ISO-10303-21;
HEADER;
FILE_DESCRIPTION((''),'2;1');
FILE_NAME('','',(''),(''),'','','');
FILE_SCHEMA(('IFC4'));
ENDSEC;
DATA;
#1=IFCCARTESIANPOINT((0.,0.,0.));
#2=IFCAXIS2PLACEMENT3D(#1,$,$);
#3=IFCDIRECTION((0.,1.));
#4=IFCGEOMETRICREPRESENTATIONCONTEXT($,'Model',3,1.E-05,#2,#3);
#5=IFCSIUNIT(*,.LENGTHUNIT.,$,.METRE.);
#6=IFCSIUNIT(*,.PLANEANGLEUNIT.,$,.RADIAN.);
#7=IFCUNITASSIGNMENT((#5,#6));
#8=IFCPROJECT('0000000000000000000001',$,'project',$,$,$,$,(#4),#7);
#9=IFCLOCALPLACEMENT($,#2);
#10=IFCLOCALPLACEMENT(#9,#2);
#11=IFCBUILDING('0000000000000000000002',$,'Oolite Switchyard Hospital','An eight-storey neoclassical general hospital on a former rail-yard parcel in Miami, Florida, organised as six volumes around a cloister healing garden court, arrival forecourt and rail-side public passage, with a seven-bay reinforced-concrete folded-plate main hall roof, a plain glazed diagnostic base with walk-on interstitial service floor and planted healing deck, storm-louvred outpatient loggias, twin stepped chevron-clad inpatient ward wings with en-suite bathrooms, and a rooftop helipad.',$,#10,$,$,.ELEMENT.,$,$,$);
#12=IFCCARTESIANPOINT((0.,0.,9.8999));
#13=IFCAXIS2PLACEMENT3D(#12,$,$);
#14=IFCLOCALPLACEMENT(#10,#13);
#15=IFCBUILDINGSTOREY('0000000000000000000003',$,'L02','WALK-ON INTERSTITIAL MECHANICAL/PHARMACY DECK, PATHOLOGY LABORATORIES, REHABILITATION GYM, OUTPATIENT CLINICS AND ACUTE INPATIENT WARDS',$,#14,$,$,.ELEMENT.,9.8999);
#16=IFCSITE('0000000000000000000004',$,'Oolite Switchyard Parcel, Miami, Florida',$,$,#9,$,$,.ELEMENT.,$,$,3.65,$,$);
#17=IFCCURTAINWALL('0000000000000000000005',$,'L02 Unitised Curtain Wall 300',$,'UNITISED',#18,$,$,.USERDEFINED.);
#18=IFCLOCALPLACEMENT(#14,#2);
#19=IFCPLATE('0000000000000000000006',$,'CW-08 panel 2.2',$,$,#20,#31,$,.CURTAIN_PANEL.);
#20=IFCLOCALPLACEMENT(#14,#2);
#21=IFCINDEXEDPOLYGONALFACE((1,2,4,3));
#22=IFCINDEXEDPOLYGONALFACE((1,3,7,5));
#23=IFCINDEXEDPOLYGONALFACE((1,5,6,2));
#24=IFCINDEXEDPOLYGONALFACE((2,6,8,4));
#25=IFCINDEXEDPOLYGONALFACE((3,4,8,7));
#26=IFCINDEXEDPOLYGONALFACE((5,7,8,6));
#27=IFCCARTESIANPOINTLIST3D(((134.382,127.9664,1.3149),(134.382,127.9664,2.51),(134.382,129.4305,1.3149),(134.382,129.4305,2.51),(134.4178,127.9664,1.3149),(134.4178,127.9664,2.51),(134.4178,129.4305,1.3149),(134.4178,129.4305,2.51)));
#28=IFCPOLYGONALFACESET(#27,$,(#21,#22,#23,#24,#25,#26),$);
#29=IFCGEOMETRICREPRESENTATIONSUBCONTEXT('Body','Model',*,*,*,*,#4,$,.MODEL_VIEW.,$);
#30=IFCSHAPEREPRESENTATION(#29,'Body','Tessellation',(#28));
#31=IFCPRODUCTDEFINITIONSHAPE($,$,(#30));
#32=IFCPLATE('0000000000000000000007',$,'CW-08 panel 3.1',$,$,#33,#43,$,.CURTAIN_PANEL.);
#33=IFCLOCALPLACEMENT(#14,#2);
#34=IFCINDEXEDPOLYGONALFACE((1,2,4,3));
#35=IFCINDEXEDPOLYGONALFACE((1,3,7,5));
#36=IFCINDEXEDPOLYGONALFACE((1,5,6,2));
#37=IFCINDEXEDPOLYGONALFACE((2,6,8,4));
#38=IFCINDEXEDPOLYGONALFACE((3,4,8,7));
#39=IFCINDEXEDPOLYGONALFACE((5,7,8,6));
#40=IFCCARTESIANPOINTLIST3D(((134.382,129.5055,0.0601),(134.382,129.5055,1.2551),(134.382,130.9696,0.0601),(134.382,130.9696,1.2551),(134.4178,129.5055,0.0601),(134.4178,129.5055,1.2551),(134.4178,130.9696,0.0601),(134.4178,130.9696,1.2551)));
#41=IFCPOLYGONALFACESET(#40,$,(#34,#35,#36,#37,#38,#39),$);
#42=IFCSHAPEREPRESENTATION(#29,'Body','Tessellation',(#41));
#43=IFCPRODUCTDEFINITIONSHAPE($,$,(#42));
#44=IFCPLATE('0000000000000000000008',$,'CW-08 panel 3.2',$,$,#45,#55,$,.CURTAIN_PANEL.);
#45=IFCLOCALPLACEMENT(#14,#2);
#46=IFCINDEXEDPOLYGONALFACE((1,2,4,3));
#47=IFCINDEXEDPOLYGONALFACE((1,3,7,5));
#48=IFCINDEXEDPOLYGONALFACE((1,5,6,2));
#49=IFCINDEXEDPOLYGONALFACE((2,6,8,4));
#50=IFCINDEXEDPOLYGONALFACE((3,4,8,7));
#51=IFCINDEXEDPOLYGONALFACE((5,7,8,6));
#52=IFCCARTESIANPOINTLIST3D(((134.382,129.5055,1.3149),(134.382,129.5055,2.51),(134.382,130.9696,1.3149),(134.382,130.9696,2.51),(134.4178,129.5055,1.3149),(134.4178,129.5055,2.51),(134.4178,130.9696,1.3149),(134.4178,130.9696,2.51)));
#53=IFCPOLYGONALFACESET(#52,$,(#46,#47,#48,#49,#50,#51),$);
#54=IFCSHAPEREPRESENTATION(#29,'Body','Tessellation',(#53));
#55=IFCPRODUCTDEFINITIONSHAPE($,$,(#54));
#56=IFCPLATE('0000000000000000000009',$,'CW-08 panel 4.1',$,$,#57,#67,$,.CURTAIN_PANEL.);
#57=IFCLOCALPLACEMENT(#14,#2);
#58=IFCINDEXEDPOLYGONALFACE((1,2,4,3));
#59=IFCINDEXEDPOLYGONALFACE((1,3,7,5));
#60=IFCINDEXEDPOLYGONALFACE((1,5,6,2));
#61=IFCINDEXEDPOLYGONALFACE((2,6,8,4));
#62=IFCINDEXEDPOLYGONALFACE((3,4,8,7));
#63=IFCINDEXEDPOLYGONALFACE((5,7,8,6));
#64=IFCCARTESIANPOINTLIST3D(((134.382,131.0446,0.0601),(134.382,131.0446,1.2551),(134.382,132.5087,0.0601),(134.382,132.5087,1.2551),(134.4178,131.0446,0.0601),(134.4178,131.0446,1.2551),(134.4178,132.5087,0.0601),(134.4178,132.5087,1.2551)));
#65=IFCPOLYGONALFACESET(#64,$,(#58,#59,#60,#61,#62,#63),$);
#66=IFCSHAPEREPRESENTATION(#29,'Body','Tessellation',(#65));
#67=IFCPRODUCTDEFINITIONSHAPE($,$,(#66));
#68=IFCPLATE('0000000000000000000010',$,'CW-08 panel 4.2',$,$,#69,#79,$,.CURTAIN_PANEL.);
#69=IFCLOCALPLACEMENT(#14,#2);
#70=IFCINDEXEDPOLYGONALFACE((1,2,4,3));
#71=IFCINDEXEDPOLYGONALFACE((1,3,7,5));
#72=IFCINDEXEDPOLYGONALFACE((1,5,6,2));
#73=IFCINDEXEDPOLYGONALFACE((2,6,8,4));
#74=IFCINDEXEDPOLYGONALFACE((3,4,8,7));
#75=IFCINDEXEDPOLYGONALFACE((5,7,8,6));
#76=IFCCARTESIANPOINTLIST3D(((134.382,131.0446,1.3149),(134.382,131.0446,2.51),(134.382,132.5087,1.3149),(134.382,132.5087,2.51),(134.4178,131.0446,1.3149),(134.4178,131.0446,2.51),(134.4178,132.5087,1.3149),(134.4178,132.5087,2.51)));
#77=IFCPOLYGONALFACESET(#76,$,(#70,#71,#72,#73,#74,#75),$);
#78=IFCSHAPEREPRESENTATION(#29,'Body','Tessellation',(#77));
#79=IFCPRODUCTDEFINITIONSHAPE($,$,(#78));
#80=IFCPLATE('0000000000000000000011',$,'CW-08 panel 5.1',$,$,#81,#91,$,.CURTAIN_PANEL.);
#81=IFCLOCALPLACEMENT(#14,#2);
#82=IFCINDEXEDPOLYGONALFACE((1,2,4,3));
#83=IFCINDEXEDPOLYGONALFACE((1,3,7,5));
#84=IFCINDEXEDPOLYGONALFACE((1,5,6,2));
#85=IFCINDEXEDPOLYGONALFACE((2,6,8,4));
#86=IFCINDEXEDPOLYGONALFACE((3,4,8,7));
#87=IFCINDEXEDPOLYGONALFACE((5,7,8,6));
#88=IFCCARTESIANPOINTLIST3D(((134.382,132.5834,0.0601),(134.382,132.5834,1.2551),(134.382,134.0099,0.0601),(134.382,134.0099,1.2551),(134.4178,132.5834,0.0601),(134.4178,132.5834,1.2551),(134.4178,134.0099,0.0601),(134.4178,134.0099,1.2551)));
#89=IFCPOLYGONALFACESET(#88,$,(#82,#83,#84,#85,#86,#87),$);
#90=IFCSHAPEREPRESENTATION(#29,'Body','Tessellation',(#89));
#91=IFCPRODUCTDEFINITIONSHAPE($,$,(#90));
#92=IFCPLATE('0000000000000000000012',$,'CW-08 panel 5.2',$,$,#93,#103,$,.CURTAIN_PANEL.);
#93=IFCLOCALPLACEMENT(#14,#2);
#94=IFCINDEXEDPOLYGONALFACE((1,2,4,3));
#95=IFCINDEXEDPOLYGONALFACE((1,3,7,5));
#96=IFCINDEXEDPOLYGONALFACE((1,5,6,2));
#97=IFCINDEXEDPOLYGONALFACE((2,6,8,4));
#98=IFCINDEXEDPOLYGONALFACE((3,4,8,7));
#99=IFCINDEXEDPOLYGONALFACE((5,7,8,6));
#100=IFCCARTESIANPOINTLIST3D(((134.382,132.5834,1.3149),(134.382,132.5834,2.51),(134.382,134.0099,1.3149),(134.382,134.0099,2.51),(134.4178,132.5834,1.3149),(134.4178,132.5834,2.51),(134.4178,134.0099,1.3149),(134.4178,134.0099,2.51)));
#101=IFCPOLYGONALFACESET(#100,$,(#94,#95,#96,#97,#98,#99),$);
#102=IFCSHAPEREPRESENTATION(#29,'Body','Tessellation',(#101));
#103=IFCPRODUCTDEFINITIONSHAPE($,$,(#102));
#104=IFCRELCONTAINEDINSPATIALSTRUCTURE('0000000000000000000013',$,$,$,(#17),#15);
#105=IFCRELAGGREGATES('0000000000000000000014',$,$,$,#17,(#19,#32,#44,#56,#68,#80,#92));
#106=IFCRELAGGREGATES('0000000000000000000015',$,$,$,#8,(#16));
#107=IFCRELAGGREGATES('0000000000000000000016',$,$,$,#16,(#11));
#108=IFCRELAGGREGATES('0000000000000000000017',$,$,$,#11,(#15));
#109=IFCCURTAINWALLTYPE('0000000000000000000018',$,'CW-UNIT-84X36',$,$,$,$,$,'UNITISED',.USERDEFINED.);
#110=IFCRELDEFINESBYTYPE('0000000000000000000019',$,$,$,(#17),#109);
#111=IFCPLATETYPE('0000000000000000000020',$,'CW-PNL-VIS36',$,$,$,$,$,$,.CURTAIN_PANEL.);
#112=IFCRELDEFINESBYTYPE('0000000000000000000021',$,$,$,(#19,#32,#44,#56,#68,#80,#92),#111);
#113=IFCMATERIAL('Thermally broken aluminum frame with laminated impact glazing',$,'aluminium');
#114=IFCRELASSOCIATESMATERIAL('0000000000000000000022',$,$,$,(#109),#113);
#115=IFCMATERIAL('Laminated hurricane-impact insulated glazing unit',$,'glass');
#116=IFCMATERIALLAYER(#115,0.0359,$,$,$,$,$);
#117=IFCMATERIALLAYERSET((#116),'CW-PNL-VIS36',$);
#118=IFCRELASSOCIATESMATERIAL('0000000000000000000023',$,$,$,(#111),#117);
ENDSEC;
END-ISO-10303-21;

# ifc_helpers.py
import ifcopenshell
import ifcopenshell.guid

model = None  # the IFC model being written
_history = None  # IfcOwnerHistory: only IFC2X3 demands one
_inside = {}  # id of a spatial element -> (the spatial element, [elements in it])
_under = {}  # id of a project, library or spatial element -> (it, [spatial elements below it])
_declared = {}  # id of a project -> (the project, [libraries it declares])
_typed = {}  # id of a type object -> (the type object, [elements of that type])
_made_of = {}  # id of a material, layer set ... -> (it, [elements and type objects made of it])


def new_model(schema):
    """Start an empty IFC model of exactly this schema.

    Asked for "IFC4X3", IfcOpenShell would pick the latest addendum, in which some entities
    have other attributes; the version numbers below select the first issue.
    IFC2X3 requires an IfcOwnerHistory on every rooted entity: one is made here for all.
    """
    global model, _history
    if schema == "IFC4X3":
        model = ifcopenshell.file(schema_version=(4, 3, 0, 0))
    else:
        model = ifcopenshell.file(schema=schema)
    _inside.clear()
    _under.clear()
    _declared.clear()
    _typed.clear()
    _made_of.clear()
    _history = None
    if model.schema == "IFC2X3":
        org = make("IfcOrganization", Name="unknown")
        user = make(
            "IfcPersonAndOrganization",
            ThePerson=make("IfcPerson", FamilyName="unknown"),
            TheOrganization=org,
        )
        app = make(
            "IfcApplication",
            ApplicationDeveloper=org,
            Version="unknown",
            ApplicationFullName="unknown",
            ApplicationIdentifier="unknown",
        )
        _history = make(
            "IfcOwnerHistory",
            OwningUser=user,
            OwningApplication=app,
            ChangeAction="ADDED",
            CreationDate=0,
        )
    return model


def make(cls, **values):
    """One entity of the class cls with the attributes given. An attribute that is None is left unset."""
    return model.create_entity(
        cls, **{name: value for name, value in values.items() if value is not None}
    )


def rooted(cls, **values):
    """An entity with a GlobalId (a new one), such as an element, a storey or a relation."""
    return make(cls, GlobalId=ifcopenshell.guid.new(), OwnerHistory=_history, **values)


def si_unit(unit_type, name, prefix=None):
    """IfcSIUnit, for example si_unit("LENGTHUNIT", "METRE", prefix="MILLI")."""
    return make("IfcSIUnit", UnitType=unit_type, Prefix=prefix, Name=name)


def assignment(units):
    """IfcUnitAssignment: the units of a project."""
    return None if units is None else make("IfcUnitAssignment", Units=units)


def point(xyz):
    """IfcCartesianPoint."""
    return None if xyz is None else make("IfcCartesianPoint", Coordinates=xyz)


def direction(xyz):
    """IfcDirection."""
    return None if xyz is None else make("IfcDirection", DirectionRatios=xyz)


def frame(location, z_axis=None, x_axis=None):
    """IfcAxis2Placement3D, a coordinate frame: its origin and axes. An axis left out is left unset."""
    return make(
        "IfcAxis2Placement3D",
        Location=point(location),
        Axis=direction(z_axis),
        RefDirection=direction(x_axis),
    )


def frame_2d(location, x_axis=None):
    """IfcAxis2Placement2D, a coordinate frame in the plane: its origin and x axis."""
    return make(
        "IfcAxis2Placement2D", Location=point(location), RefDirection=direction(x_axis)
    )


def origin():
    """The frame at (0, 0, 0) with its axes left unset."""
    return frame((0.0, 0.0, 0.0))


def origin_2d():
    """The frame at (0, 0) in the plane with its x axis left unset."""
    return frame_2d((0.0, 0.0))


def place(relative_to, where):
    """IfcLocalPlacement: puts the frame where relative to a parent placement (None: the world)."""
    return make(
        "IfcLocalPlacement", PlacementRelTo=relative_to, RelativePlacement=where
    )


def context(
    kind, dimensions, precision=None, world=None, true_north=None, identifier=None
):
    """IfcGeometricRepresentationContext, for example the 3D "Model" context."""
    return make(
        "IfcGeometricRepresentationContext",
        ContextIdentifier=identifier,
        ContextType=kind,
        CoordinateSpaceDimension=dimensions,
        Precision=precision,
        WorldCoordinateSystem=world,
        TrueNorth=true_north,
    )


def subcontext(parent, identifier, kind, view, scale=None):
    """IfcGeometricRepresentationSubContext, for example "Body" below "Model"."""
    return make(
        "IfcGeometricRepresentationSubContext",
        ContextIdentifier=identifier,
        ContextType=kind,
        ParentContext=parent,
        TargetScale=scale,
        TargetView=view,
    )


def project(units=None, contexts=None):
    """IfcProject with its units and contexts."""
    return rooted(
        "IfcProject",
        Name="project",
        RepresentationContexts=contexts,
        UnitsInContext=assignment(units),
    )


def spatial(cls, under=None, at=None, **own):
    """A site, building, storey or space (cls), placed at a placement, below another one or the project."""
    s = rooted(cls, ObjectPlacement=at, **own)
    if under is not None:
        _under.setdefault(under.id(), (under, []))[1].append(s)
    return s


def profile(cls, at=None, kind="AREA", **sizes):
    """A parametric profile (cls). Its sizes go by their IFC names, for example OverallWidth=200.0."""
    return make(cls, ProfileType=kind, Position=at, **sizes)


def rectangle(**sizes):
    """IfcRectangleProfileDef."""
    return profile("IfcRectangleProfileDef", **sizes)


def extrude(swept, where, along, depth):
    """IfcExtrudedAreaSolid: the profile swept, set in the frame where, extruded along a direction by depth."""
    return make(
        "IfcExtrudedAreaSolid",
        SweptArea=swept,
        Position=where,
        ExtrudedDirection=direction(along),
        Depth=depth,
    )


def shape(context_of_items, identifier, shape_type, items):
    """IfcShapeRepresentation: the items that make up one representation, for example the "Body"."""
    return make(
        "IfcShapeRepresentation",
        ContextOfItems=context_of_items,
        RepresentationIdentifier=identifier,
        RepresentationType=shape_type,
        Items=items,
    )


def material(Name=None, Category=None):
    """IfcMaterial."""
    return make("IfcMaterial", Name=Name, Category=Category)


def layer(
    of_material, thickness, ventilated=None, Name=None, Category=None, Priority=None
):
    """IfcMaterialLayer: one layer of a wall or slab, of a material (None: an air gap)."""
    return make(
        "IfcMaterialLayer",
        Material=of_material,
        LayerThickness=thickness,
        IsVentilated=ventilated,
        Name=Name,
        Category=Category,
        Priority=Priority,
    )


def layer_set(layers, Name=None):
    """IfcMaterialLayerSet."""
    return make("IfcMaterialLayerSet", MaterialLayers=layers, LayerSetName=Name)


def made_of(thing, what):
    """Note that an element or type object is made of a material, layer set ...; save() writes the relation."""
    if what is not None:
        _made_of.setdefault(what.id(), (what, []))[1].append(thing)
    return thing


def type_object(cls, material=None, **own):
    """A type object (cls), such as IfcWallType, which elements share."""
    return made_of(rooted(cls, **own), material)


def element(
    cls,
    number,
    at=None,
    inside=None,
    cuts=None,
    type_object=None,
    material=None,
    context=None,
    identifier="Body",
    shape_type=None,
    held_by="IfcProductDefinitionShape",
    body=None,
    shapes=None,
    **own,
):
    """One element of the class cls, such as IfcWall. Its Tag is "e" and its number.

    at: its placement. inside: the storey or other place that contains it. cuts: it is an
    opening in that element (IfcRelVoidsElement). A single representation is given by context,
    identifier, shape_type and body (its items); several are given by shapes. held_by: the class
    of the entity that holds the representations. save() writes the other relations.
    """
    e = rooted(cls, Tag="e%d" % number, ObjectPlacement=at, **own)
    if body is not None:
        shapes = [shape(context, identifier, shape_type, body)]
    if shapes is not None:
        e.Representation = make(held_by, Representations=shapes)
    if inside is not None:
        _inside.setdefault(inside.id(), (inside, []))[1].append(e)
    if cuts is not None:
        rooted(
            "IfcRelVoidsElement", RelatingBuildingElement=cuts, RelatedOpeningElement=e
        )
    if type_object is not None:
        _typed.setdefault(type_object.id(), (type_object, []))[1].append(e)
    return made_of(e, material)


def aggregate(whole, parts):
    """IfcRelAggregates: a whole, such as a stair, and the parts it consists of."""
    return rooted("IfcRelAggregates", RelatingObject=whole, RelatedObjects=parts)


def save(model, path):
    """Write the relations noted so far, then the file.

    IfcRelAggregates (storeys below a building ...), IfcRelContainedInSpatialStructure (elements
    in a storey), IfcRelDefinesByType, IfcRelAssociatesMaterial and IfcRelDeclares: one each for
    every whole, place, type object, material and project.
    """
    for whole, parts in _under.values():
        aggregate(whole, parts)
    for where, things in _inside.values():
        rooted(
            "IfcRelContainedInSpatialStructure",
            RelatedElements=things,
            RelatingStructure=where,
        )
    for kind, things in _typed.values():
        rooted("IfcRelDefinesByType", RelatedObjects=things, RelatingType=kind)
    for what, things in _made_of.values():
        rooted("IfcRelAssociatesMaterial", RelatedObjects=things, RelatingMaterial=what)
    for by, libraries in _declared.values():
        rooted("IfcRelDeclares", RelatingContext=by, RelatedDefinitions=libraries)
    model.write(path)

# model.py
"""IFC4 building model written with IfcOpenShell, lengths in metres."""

from ifc_helpers import new_model, si_unit, direction, frame, origin, origin_2d, place, context, subcontext, project, spatial, rectangle, extrude, material, layer, layer_set, type_object, element, aggregate, save


model = new_model("IFC4")

# Units and contexts
model_context = context("Model", 3, precision=1e-05, world=origin(), true_north=direction((0.0, 1.0)))
body_context = subcontext(model_context, "Body", "Model", "MODEL_VIEW")
ifc_project = project(units=[si_unit("LENGTHUNIT", "METRE"), si_unit("PLANEANGLEUNIT", "RADIAN")], contexts=[model_context])

# Site, building, storey
site_placement = place(None, origin())
site = spatial("IfcSite", under=ifc_project, at=site_placement, Name="Oolite Switchyard Parcel, Miami, Florida", CompositionType="ELEMENT", RefElevation=3.65)
building_placement = place(site_placement, origin())
building = spatial("IfcBuilding", under=site, at=building_placement, Name="Oolite Switchyard Hospital", Description="An eight-storey neoclassical general hospital on a former rail-yard parcel in Miami, Florida, organised as six volumes around a cloister healing garden court, arrival forecourt and rail-side public passage, with a seven-bay reinforced-concrete folded-plate main hall roof, a plain glazed diagnostic base with walk-on interstitial service floor and planted healing deck, storm-louvred outpatient loggias, twin stepped chevron-clad inpatient ward wings with en-suite bathrooms, and a rooftop helipad.", CompositionType="ELEMENT")
storey_placement = place(building_placement, frame((0.0, 0.0, 9.8999)))
storey = spatial("IfcBuildingStorey", under=building, at=storey_placement, Name="L02", Description="WALK-ON INTERSTITIAL MECHANICAL/PHARMACY DECK, PATHOLOGY LABORATORIES, REHABILITATION GYM, OUTPATIENT CLINICS AND ACUTE INPATIENT WARDS", CompositionType="ELEMENT", Elevation=9.8999)

# Shared definitions
ifc_material_1 = material(Name="Thermally broken aluminum frame with laminated impact glazing", Category="aluminium")

# Curtain wall
curtain_wall_type_1 = type_object("IfcCurtainWallType", Name="CW-UNIT-84X36", ElementType="UNITISED", PredefinedType="USERDEFINED", material=ifc_material_1)
curtain_wall_1_placement = place(storey_placement, origin())
curtain_wall_1 = element("IfcCurtainWall", 1, at=curtain_wall_1_placement, inside=storey, type_object=curtain_wall_type_1, Name="L02 Unitised Curtain Wall 300", ObjectType="UNITISED", PredefinedType="USERDEFINED")

# Plates
ifc_material_2 = material(Name="Laminated hurricane-impact insulated glazing unit", Category="glass")
ifc_layer = layer(ifc_material_2, 0.0359)
ifc_layer_set = layer_set([ifc_layer], Name="CW-PNL-VIS36")
plate_type = type_object("IfcPlateType", Name="CW-PNL-VIS36", PredefinedType="CURTAIN_PANEL", material=ifc_layer_set)
plate_1_placement = place(storey_placement, frame((134.3999, 128.6985, 1.3149), z_axis=(0.0, 0.0, 1.0), x_axis=(0.0, 1.0, 0.0)))
plate_1 = element("IfcPlate", 2, at=plate_1_placement, type_object=plate_type, Name="CW-08 panel 2.2", PredefinedType="CURTAIN_PANEL", context=body_context, shape_type="SweptSolid", body=[
    extrude(rectangle(XDim=1.4641, YDim=0.0359, at=origin_2d()), origin(), (0.0, 0.0, 1.0), 1.1951),
])
plate_2_placement = place(storey_placement, frame((134.3999, 130.2375, 0.0601), z_axis=(0.0, 0.0, 1.0), x_axis=(0.0, 1.0, 0.0)))
plate_2 = element("IfcPlate", 3, at=plate_2_placement, type_object=plate_type, Name="CW-08 panel 3.1", PredefinedType="CURTAIN_PANEL", context=body_context, shape_type="SweptSolid", body=[
    extrude(rectangle(XDim=1.4641, YDim=0.0359, at=origin_2d()), origin(), (0.0, 0.0, 1.0), 1.1951),
])
plate_3_placement = place(storey_placement, frame((134.3999, 130.2375, 1.3149), z_axis=(0.0, 0.0, 1.0), x_axis=(0.0, 1.0, 0.0)))
plate_3 = element("IfcPlate", 4, at=plate_3_placement, type_object=plate_type, Name="CW-08 panel 3.2", PredefinedType="CURTAIN_PANEL", context=body_context, shape_type="SweptSolid", body=[
    extrude(rectangle(XDim=1.4641, YDim=0.0359, at=origin_2d()), origin(), (0.0, 0.0, 1.0), 1.1951),
])
plate_4_placement = place(storey_placement, frame((134.3999, 131.7766, 0.0601), z_axis=(0.0, 0.0, 1.0), x_axis=(0.0, 1.0, 0.0)))
plate_4 = element("IfcPlate", 5, at=plate_4_placement, type_object=plate_type, Name="CW-08 panel 4.1", PredefinedType="CURTAIN_PANEL", context=body_context, shape_type="SweptSolid", body=[
    extrude(rectangle(XDim=1.4641, YDim=0.0359, at=origin_2d()), origin(), (0.0, 0.0, 1.0), 1.1951),
])
plate_5_placement = place(storey_placement, frame((134.3999, 131.7766, 1.3149), z_axis=(0.0, 0.0, 1.0), x_axis=(0.0, 1.0, 0.0)))
plate_5 = element("IfcPlate", 6, at=plate_5_placement, type_object=plate_type, Name="CW-08 panel 4.2", PredefinedType="CURTAIN_PANEL", context=body_context, shape_type="SweptSolid", body=[
    extrude(rectangle(XDim=1.4641, YDim=0.0359, at=origin_2d()), origin(), (0.0, 0.0, 1.0), 1.1951),
])
plate_6_placement = place(storey_placement, frame((134.3999, 133.2966, 0.0601), z_axis=(0.0, 0.0, 1.0), x_axis=(0.0, 1.0, 0.0)))
plate_6 = element("IfcPlate", 7, at=plate_6_placement, type_object=plate_type, Name="CW-08 panel 5.1", PredefinedType="CURTAIN_PANEL", context=body_context, shape_type="SweptSolid", body=[
    extrude(rectangle(XDim=1.4265, YDim=0.0359, at=origin_2d()), origin(), (0.0, 0.0, 1.0), 1.1951),
])
plate_7_placement = place(storey_placement, frame((134.3999, 133.2966, 1.3149), z_axis=(0.0, 0.0, 1.0), x_axis=(0.0, 1.0, 0.0)))
plate_7 = element("IfcPlate", 8, at=plate_7_placement, type_object=plate_type, Name="CW-08 panel 5.2", PredefinedType="CURTAIN_PANEL", context=body_context, shape_type="SweptSolid", body=[
    extrude(rectangle(XDim=1.4265, YDim=0.0359, at=origin_2d()), origin(), (0.0, 0.0, 1.0), 1.1951),
])
aggregate(curtain_wall_1, [plate_1, plate_2, plate_3, plate_4, plate_5, plate_6, plate_7])

save(model, "model.ifc")
